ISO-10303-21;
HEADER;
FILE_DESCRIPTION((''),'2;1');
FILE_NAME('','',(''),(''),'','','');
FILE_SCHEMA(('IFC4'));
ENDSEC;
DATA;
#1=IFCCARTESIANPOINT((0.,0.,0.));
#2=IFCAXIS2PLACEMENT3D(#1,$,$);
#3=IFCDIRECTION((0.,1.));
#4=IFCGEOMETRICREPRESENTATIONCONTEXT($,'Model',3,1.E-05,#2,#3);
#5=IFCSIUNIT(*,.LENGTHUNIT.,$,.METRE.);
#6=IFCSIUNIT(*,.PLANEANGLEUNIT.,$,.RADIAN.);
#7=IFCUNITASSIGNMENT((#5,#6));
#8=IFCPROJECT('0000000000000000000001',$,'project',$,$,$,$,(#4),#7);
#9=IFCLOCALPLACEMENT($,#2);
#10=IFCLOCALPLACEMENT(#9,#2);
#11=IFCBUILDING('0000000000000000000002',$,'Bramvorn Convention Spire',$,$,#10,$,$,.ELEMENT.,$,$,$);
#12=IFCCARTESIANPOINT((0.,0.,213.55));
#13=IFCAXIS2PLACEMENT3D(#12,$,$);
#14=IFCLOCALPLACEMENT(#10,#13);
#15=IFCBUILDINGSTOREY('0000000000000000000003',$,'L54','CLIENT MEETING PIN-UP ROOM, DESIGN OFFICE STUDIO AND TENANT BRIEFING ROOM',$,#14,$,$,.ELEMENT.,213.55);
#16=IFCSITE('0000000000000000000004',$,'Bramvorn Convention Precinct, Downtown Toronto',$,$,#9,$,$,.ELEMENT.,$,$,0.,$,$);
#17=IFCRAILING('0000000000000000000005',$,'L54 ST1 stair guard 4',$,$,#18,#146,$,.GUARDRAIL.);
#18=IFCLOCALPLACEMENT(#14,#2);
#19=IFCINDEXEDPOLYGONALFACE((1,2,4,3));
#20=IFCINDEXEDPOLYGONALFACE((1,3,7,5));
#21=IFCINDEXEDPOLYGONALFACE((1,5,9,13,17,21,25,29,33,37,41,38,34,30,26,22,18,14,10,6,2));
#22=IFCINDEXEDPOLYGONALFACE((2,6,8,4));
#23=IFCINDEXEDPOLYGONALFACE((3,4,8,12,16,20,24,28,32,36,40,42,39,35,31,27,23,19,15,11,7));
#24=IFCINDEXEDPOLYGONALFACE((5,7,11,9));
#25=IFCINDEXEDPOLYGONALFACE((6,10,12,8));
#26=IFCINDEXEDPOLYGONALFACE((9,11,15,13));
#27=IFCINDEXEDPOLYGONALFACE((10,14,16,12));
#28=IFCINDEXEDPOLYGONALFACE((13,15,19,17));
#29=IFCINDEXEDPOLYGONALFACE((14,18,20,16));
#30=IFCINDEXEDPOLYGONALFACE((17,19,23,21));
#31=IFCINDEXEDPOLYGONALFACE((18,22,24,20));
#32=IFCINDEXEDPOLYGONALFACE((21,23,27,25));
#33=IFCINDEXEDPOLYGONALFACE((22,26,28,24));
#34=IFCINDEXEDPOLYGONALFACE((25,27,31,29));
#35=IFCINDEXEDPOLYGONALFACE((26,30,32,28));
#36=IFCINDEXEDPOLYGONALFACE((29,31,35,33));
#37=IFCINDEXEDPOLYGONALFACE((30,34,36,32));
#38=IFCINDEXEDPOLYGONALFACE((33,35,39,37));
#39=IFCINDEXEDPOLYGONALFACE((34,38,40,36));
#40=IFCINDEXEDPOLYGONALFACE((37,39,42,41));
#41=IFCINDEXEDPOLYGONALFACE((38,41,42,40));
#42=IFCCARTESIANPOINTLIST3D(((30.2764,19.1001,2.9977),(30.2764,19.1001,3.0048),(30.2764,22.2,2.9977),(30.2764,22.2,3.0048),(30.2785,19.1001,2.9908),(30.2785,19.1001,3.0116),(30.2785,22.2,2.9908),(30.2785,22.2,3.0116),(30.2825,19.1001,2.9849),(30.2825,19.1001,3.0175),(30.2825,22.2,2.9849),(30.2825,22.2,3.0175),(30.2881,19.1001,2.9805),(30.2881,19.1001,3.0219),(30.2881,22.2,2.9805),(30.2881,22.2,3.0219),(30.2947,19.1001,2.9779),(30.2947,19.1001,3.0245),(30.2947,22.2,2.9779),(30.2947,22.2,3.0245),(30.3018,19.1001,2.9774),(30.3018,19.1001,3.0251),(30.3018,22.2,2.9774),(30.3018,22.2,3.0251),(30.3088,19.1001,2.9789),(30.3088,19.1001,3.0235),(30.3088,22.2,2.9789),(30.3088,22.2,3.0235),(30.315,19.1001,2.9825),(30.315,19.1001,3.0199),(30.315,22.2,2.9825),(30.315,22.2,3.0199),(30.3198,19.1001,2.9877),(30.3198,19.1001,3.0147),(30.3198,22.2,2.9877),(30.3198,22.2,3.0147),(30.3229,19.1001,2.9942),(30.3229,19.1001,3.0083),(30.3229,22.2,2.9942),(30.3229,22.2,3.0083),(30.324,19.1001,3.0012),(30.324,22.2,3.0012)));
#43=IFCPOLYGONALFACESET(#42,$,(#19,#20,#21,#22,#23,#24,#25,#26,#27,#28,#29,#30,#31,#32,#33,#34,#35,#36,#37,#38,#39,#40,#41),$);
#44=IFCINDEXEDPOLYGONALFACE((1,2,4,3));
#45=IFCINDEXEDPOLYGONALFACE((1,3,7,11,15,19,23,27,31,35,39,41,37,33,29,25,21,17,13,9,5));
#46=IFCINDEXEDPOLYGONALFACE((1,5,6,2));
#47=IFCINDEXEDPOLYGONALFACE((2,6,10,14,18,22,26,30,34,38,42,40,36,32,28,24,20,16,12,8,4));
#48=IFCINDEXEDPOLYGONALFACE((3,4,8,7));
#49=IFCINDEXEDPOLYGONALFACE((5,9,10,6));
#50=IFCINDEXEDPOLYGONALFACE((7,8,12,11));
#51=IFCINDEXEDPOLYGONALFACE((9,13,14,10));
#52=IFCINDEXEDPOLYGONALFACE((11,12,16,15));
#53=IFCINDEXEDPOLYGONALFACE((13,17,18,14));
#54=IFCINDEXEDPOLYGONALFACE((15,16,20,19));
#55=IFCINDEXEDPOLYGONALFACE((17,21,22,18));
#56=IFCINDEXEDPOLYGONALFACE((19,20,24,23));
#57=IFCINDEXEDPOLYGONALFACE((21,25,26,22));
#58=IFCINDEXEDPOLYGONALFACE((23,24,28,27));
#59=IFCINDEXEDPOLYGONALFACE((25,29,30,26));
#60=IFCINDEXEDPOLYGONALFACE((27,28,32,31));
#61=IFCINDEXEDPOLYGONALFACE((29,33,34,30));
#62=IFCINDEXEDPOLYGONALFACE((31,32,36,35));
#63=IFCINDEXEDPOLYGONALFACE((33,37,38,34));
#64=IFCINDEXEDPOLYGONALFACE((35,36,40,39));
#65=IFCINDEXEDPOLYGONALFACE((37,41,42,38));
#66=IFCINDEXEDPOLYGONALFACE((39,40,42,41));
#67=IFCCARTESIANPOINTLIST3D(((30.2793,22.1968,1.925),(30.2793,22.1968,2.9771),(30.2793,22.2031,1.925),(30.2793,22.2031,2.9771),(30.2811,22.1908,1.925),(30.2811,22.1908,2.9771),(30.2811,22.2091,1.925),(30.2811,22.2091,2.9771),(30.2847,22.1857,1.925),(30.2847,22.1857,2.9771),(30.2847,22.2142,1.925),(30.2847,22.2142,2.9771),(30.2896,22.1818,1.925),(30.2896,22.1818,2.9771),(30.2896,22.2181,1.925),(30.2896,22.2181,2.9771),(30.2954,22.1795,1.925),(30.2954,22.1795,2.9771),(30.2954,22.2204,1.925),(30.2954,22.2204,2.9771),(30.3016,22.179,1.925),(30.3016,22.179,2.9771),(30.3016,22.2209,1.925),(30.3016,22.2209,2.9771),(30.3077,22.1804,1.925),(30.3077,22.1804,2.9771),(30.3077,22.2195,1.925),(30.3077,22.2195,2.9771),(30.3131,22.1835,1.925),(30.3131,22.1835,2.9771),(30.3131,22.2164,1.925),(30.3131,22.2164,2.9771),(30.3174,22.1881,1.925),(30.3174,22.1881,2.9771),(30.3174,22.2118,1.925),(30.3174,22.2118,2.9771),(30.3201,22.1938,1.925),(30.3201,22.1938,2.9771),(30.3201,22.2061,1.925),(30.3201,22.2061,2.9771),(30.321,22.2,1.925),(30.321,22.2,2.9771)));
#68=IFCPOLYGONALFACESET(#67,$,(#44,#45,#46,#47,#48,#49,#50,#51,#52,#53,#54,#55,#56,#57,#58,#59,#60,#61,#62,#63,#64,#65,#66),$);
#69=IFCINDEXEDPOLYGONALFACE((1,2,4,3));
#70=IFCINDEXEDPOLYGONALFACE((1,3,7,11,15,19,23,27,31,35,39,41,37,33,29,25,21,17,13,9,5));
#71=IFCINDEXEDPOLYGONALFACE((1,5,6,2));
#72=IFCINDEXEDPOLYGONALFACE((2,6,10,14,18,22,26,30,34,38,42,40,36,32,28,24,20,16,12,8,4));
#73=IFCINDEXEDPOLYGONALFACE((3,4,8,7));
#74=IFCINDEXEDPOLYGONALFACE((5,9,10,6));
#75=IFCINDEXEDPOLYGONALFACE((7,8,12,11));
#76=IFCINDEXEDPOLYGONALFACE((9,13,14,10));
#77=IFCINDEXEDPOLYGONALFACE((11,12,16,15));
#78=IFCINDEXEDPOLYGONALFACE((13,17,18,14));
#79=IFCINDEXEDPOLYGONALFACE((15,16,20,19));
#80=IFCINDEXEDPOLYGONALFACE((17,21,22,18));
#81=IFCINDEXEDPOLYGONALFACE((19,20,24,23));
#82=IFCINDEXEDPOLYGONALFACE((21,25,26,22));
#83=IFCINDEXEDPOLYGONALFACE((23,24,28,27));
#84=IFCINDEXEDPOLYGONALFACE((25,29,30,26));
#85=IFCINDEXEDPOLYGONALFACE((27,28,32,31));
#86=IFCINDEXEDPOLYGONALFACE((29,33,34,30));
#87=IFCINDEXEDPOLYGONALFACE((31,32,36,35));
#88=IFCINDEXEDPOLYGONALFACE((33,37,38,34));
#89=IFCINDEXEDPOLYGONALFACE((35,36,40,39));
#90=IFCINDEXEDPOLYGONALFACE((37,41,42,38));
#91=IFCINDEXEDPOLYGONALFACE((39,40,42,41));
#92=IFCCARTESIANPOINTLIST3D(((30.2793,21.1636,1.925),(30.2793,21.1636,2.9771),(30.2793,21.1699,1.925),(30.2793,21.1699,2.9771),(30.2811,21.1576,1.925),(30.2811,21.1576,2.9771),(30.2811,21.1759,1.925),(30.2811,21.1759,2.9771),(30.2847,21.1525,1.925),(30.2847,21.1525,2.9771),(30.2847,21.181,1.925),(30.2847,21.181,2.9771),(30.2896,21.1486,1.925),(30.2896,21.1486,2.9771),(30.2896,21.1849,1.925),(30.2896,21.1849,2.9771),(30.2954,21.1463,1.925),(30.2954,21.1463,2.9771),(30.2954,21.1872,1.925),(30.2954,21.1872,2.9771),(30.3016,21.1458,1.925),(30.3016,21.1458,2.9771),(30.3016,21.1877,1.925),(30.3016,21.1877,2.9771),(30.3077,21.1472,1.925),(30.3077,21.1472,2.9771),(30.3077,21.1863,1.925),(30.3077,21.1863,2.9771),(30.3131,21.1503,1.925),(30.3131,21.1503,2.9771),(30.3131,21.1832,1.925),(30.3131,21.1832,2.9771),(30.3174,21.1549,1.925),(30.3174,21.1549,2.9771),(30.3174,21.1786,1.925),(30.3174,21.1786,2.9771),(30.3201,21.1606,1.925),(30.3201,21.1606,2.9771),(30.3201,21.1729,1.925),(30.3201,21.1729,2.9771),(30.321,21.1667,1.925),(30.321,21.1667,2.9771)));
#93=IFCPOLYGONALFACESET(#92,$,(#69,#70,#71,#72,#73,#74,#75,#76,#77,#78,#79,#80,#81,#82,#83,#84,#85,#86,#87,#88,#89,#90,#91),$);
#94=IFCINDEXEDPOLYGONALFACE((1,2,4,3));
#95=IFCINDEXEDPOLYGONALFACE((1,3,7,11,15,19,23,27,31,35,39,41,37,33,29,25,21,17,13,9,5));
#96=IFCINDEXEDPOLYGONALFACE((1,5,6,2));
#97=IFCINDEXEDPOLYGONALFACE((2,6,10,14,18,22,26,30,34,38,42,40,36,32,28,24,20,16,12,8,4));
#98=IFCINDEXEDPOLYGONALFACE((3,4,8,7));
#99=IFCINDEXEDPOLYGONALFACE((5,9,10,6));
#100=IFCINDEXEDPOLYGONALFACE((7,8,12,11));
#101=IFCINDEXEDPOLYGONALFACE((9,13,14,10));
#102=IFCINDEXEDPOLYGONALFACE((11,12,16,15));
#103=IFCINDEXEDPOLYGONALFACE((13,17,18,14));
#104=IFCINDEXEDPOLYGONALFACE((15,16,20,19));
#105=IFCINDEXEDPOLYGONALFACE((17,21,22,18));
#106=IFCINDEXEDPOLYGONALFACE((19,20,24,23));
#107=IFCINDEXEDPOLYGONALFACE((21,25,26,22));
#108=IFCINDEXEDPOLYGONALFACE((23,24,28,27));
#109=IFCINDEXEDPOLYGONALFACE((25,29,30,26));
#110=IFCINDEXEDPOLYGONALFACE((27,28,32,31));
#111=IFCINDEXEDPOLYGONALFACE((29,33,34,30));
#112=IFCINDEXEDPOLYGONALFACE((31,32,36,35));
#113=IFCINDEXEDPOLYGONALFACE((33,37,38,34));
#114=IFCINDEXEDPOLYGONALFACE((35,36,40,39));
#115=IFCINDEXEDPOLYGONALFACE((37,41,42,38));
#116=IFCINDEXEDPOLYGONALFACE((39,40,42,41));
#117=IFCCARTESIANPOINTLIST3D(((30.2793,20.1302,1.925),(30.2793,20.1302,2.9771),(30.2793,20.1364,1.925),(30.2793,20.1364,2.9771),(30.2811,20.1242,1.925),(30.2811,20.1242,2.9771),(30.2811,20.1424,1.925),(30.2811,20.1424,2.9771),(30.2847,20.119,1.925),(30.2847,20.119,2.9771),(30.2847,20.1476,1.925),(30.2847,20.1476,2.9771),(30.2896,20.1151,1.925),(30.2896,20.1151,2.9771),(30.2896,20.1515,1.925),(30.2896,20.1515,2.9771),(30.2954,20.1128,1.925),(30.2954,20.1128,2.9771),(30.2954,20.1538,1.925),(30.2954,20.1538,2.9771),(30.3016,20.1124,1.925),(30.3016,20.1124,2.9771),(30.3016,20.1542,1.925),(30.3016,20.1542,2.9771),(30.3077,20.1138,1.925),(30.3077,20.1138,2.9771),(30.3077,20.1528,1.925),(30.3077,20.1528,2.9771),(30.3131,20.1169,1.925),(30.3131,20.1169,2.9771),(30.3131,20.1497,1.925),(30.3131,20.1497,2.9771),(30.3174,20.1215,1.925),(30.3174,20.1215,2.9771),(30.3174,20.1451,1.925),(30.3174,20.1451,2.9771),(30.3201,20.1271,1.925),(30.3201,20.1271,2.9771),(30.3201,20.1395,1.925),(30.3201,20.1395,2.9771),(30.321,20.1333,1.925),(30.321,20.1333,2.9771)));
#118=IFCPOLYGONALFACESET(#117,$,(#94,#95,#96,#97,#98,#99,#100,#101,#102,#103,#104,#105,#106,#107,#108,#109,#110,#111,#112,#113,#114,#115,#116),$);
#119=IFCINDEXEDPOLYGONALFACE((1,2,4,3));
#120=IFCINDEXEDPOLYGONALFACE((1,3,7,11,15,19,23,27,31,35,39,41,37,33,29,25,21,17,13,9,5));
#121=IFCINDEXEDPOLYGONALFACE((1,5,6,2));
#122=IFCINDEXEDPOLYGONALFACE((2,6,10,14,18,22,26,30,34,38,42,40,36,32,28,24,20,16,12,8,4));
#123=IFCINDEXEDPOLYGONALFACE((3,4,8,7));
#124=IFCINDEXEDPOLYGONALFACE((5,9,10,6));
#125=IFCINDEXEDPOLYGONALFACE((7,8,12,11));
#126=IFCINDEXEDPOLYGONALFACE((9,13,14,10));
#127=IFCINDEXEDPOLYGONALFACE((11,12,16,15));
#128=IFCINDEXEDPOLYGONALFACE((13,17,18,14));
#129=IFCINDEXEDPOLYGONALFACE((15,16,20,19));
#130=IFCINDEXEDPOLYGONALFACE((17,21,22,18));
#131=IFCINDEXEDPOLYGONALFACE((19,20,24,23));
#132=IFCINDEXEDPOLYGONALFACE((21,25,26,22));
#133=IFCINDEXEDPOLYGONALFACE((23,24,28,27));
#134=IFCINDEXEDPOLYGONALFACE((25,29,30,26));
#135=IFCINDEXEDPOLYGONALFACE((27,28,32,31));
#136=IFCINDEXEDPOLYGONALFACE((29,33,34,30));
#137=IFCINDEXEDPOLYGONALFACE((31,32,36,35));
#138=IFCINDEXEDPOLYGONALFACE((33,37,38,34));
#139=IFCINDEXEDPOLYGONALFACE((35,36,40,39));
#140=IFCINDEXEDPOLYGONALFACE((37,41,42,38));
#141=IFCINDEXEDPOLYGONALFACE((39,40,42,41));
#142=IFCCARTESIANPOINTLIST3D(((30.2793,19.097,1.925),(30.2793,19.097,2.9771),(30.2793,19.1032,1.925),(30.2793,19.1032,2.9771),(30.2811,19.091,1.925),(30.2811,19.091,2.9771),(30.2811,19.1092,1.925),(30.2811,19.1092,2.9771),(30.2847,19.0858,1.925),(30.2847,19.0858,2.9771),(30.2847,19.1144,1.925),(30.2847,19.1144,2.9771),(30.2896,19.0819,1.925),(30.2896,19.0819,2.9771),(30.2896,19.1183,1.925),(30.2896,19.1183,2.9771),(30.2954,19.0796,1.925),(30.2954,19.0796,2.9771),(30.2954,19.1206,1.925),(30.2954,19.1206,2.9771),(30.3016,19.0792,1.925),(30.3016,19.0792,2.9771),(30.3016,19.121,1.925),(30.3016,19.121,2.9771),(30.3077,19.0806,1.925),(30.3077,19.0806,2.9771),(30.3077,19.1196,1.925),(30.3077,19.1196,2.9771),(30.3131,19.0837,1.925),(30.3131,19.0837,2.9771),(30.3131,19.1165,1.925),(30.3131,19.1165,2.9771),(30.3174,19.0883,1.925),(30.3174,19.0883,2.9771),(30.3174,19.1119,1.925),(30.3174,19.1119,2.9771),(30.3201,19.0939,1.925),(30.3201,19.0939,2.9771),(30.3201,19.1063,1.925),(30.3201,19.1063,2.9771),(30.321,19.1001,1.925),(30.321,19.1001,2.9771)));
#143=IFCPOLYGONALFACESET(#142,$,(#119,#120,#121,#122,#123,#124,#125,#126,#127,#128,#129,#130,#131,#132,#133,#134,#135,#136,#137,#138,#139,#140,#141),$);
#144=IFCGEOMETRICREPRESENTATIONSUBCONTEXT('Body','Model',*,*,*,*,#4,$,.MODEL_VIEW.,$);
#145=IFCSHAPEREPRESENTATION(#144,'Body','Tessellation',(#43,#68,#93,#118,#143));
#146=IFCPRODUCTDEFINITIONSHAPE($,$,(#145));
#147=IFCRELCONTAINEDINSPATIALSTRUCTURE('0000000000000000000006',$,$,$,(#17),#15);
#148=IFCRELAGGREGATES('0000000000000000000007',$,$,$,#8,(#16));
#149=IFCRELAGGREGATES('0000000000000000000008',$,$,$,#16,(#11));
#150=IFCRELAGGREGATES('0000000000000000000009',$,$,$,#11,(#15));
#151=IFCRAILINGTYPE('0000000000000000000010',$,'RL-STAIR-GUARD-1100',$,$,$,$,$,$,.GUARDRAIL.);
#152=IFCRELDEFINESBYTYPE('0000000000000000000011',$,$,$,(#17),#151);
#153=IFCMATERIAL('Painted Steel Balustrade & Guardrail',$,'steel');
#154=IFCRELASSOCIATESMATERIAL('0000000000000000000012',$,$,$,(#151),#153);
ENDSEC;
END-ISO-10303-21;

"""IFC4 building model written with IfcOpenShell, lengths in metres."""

from ifc_helpers import new_model, si_unit, direction, frame, origin, origin_2d, place, context, subcontext, project, spatial, circle, extrude, material, type_object, element, save


model = new_model("IFC4")

# Units and contexts
model_context = context("Model", 3, precision=1e-05, world=origin(), true_north=direction((0.0, 1.0)))
body_context = subcontext(model_context, "Body", "Model", "MODEL_VIEW")
ifc_project = project(units=[si_unit("LENGTHUNIT", "METRE"), si_unit("PLANEANGLEUNIT", "RADIAN")], contexts=[model_context])

# Site, building, storey
site_placement = place(None, origin())
site = spatial("IfcSite", under=ifc_project, at=site_placement, Name="Bramvorn Convention Precinct, Downtown Toronto", CompositionType="ELEMENT", RefElevation=0.0)
building_placement = place(site_placement, origin())
building = spatial("IfcBuilding", under=site, at=building_placement, Name="Bramvorn Convention Spire", CompositionType="ELEMENT")
storey_placement = place(building_placement, frame((0.0, 0.0, 213.55)))
storey = spatial("IfcBuildingStorey", under=building, at=storey_placement, Name="L54", Description="CLIENT MEETING PIN-UP ROOM, DESIGN OFFICE STUDIO AND TENANT BRIEFING ROOM", CompositionType="ELEMENT", Elevation=213.55)

# Railing
ifc_material_1 = material(Name="Painted Steel Balustrade & Guardrail", Category="steel")
railing_type_1 = type_object("IfcRailingType", Name="RL-STAIR-GUARD-1100", PredefinedType="GUARDRAIL", material=ifc_material_1)
for number, where, name in (
    (1, (30.3, 22.2, 1.925), "L54 ST1 stair guard 4"),
):
    element("IfcRailing", number, at=place(storey_placement, frame(where)), inside=storey, type_object=railing_type_1, Name=name, PredefinedType="GUARDRAIL", context=body_context, shape_type="SweptSolid", body=[
        extrude(circle(Radius=0.0239, at=origin_2d()), frame((0.0, 0.0, 1.0762), z_axis=(0.0, -1.0, 0.0), x_axis=(1.0, 0.0, 0.0)), (0.0, 0.0, 1.0), 3.0999),
        extrude(circle(Radius=0.021, at=origin_2d()), origin(), (0.0, 0.0, 1.0), 1.052),
        extrude(circle(Radius=0.021, at=origin_2d()), frame((0.0, -1.0332, 0.0)), (0.0, 0.0, 1.0), 1.052),
        extrude(circle(Radius=0.021, at=origin_2d()), frame((0.0, -2.0667, 0.0)), (0.0, 0.0, 1.0), 1.052),
        extrude(circle(Radius=0.021, at=origin_2d()), frame((0.0, -3.0999, 0.0)), (0.0, 0.0, 1.0), 1.052),
    ])

save(model, "model.ifc")
